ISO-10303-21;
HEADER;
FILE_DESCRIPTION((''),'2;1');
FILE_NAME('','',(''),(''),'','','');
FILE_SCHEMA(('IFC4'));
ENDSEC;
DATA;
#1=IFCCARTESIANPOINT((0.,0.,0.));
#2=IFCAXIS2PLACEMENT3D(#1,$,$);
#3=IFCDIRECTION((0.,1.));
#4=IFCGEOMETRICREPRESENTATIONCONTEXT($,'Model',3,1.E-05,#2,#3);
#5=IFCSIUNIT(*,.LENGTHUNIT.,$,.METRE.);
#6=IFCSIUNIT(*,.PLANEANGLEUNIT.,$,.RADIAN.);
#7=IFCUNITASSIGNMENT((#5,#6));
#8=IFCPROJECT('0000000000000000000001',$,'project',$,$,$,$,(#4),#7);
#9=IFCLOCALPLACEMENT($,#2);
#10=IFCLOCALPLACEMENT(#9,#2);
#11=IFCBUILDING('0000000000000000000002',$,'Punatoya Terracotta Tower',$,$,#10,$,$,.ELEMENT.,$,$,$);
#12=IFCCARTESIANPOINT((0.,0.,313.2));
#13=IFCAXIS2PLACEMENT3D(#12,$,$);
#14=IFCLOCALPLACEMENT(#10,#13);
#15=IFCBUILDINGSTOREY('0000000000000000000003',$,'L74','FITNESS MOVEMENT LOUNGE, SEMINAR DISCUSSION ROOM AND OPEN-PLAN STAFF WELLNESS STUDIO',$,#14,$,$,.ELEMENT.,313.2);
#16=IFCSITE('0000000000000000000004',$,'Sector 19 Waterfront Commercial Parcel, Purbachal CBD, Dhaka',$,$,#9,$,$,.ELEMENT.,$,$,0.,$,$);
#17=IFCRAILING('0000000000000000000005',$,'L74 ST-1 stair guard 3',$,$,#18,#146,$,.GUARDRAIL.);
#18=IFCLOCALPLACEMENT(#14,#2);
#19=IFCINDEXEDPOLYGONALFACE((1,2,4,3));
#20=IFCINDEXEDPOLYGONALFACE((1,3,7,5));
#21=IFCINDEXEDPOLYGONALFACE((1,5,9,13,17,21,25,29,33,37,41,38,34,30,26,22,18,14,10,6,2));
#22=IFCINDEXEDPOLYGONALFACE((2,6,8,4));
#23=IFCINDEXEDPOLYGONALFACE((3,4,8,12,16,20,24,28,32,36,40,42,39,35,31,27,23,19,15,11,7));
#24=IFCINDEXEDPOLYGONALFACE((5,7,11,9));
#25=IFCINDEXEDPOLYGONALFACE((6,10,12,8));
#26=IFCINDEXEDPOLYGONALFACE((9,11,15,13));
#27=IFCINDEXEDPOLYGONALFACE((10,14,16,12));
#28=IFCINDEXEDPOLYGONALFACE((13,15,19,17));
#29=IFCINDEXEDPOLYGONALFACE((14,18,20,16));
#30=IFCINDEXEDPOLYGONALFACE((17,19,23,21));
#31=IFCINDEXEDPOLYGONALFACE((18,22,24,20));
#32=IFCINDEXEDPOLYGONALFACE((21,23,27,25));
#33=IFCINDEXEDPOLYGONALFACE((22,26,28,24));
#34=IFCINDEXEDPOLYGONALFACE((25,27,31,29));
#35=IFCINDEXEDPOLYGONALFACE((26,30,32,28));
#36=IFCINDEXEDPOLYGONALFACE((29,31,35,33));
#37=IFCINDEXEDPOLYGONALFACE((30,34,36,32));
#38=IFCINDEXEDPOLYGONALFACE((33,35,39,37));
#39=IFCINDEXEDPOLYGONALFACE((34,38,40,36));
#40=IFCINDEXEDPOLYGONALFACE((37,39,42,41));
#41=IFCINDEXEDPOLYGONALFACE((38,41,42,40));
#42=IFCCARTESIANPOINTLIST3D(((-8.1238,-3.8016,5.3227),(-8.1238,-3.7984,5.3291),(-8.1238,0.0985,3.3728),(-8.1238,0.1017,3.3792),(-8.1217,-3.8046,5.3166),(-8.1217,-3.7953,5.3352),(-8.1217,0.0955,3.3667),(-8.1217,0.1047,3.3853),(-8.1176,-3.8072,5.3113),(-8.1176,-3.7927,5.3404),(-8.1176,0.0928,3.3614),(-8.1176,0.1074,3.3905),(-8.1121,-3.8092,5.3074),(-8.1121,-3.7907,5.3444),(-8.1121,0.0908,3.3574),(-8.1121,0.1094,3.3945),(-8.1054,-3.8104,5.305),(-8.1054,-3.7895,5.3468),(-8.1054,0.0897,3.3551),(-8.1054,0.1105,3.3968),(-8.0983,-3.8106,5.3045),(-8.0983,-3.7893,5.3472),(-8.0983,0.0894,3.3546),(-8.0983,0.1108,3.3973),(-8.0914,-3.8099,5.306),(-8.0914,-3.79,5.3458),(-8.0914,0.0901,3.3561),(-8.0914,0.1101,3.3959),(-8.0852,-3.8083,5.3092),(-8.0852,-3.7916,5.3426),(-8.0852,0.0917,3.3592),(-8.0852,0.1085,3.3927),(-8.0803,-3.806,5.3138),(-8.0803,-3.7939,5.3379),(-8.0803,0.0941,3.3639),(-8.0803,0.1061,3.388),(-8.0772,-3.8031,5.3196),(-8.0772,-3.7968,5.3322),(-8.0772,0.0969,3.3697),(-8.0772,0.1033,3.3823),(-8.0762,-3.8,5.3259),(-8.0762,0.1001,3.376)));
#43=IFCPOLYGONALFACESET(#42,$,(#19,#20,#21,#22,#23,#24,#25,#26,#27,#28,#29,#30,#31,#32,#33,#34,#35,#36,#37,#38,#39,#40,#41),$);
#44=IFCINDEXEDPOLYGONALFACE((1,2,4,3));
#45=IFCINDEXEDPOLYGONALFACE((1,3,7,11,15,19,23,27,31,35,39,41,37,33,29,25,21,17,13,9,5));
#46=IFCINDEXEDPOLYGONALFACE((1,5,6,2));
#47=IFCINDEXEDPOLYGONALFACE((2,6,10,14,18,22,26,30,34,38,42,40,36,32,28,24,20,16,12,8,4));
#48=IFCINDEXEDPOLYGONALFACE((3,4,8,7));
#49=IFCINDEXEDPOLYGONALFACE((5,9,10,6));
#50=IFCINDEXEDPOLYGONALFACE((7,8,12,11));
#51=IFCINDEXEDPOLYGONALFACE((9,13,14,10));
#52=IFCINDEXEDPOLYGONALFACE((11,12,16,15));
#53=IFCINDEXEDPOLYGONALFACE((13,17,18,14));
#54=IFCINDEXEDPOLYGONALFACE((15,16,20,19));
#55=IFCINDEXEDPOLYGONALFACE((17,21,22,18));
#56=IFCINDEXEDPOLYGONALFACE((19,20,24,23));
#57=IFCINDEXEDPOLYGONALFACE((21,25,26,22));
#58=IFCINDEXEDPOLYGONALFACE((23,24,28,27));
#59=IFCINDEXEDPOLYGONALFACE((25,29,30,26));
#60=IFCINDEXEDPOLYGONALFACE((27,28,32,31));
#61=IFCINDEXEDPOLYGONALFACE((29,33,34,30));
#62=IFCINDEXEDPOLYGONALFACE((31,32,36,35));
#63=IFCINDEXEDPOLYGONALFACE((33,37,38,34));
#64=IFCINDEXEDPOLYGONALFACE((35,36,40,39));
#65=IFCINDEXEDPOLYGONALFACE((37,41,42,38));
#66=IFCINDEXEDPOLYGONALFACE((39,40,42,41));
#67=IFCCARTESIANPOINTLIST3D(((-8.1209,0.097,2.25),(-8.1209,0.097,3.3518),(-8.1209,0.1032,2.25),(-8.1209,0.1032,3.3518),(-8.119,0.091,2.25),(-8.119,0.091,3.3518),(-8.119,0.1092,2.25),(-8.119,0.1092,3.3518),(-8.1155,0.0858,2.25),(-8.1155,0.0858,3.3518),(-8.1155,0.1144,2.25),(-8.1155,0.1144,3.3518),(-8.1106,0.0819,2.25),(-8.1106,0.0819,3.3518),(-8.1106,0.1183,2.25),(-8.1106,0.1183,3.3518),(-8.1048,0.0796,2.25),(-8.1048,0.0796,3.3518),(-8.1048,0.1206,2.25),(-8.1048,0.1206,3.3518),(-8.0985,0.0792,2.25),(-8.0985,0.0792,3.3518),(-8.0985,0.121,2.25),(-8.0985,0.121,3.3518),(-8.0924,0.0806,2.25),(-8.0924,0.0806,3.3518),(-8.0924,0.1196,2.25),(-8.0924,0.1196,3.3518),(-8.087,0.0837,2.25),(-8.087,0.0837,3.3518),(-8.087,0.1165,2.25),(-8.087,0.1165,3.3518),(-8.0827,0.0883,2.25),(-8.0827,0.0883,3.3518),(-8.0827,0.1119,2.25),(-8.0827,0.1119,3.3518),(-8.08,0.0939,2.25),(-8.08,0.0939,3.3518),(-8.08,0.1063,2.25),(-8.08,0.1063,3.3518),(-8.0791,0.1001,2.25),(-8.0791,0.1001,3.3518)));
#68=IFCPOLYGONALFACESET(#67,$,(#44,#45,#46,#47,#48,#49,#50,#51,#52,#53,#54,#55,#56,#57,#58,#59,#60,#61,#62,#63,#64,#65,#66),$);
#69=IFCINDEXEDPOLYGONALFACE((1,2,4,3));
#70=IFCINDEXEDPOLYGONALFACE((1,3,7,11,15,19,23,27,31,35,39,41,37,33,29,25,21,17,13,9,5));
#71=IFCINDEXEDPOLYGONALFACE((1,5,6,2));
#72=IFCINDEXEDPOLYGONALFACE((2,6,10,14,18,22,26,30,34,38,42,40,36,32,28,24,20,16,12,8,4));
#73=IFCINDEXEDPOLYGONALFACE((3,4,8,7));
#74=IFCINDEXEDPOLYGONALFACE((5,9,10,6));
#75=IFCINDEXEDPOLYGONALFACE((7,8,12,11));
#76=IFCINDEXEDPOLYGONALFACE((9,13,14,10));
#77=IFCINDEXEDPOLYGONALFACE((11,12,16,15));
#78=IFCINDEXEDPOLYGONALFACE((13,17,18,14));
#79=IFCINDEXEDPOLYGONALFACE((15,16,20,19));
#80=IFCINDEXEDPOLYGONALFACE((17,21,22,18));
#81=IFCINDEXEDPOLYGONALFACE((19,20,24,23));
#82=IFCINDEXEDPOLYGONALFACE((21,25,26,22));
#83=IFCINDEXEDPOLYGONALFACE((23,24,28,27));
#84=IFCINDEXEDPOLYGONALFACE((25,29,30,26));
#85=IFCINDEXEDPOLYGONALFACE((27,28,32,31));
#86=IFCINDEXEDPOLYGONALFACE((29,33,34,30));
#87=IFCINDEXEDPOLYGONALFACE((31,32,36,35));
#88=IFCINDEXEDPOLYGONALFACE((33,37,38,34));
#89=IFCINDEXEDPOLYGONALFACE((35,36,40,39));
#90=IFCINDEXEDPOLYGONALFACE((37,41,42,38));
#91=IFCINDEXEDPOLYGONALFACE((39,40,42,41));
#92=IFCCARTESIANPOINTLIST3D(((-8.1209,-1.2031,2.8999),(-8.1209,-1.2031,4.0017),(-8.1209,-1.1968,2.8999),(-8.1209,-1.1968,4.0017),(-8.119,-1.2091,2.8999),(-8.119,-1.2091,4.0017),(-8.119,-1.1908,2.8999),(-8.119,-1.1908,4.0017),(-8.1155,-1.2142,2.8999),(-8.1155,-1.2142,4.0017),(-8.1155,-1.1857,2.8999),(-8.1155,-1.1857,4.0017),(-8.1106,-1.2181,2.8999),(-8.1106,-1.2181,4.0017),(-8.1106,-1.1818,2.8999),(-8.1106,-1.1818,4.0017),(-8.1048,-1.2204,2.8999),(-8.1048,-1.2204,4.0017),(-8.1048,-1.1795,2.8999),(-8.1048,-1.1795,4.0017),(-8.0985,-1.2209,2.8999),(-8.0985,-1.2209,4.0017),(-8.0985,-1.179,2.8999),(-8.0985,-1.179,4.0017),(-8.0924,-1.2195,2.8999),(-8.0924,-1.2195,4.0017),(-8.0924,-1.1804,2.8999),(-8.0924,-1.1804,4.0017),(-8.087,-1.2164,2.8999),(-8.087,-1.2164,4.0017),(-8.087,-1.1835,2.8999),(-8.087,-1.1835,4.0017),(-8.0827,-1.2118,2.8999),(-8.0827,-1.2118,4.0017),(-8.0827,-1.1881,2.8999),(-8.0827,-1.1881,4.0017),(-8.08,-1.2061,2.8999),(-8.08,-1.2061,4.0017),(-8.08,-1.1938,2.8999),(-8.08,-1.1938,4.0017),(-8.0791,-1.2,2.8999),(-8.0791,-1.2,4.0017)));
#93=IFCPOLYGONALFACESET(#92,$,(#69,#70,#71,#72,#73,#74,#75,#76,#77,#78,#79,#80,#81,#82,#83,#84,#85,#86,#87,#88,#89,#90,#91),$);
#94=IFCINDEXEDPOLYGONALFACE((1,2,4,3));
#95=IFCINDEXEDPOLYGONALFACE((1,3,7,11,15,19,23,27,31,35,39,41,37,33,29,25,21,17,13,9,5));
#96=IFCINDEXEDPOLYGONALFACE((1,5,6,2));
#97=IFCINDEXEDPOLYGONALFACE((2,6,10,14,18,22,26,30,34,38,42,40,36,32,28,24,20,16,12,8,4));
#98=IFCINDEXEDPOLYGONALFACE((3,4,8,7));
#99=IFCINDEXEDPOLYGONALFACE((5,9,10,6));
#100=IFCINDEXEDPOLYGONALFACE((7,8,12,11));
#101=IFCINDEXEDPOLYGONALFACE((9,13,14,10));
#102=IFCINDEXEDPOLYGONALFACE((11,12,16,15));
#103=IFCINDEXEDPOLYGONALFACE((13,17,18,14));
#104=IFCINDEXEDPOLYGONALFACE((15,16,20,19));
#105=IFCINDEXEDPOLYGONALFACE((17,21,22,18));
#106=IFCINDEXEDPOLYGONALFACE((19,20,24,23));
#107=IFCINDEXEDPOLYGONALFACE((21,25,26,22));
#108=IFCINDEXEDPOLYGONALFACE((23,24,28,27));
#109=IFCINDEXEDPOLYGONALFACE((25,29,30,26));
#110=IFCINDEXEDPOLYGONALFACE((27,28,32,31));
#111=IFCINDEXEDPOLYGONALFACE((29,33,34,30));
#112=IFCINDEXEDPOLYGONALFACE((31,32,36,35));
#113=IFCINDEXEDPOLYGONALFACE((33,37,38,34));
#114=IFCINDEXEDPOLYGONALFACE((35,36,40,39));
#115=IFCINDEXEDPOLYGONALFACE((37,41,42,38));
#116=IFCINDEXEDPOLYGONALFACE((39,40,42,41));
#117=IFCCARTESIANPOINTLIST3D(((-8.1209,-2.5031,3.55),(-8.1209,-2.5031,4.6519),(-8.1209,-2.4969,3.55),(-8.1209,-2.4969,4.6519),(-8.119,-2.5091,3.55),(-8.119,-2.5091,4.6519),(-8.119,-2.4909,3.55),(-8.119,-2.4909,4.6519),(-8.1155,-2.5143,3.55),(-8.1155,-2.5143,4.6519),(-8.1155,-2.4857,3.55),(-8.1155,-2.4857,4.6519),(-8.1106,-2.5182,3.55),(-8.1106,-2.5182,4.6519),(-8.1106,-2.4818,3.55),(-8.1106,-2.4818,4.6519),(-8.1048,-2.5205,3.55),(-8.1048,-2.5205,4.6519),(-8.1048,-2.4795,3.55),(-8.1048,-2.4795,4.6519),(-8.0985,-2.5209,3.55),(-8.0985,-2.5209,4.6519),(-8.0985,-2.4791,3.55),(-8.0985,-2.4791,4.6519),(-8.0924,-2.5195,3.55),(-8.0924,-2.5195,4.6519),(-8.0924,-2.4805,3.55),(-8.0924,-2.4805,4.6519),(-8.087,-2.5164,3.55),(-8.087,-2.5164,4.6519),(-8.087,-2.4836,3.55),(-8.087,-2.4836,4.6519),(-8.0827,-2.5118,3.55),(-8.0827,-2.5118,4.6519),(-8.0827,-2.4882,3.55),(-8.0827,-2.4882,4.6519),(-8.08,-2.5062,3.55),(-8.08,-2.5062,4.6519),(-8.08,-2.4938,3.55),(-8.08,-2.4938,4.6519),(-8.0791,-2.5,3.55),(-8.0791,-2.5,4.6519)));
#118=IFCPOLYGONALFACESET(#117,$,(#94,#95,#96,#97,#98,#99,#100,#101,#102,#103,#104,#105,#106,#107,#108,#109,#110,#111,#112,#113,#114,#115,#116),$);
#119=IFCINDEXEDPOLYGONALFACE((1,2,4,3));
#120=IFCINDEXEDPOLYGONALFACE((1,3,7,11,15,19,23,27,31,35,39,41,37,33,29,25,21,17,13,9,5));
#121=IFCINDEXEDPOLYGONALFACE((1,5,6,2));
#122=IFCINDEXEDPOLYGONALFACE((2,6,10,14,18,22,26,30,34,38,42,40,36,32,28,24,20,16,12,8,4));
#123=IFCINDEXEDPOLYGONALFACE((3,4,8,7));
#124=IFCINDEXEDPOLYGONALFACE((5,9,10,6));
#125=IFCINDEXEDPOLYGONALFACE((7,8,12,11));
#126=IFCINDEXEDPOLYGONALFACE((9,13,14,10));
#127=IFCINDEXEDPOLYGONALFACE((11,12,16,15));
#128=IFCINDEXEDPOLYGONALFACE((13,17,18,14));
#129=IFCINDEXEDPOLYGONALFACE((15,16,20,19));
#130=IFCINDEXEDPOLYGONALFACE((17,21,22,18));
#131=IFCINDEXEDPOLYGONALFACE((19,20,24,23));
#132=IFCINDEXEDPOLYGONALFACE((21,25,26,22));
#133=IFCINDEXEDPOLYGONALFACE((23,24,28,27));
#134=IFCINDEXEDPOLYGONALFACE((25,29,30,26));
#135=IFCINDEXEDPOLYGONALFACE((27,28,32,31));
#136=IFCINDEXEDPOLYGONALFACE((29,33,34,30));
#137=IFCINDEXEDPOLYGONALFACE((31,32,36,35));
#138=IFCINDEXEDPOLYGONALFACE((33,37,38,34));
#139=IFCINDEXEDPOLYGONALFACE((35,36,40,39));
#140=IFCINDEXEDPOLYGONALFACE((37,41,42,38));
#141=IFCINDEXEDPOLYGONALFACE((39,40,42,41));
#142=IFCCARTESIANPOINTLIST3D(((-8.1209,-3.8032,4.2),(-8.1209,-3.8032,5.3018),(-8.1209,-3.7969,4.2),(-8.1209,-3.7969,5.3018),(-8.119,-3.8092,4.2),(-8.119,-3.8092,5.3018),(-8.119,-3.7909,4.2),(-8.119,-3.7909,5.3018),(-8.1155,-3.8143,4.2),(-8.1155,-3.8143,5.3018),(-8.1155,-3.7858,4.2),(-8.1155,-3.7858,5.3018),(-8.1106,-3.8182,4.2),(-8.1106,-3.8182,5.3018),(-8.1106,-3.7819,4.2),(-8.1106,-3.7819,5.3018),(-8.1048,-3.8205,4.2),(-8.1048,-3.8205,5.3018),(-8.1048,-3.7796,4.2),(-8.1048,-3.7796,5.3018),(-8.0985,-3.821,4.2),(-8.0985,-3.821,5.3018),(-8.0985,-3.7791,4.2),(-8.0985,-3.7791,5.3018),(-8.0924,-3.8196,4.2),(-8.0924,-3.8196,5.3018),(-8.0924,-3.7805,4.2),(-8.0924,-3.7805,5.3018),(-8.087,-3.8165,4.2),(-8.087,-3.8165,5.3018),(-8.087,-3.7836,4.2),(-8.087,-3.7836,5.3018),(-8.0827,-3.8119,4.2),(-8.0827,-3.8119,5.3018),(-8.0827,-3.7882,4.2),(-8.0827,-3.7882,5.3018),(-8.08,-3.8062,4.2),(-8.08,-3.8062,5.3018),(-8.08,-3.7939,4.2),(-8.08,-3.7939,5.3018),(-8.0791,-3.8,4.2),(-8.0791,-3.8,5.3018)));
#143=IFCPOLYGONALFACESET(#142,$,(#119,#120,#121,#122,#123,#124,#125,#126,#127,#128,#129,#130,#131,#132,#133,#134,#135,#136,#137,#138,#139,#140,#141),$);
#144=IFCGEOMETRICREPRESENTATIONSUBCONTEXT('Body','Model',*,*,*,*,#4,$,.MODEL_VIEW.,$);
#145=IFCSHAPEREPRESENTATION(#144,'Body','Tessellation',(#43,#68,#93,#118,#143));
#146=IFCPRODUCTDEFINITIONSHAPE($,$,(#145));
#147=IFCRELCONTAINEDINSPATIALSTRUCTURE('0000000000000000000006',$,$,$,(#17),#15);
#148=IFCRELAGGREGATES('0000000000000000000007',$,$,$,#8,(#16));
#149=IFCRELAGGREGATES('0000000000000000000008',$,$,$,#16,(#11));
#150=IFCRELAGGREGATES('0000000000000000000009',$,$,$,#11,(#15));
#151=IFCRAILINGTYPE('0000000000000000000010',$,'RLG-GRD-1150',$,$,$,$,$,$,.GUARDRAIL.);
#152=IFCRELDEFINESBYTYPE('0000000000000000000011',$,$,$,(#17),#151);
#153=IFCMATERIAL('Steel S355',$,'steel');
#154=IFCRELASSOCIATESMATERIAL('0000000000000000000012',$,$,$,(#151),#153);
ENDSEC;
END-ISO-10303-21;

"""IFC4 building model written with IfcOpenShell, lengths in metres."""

from ifc_helpers import new_model, si_unit, direction, frame, origin, origin_2d, place, context, subcontext, project, spatial, circle, extrude, material, type_object, element, save


model = new_model("IFC4")

# Units and contexts
model_context = context("Model", 3, precision=1e-05, world=origin(), true_north=direction((0.0, 1.0)))
body_context = subcontext(model_context, "Body", "Model", "MODEL_VIEW")
ifc_project = project(units=[si_unit("LENGTHUNIT", "METRE"), si_unit("PLANEANGLEUNIT", "RADIAN")], contexts=[model_context])

# Site, building, storey
site_placement = place(None, origin())
site = spatial("IfcSite", under=ifc_project, at=site_placement, Name="Sector 19 Waterfront Commercial Parcel, Purbachal CBD, Dhaka", CompositionType="ELEMENT", RefElevation=0.0)
building_placement = place(site_placement, origin())
building = spatial("IfcBuilding", under=site, at=building_placement, Name="Punatoya Terracotta Tower", CompositionType="ELEMENT")
storey_placement = place(building_placement, frame((0.0, 0.0, 313.2)))
storey = spatial("IfcBuildingStorey", under=building, at=storey_placement, Name="L74", Description="FITNESS MOVEMENT LOUNGE, SEMINAR DISCUSSION ROOM AND OPEN-PLAN STAFF WELLNESS STUDIO", CompositionType="ELEMENT", Elevation=313.2)

# Shared definitions
ifc_material_1 = material(Name="Steel S355", Category="steel")

# Railing
railing_type_1 = type_object("IfcRailingType", Name="RLG-GRD-1150", PredefinedType="GUARDRAIL", material=ifc_material_1)
railing_1_placement = place(storey_placement, frame((-8.1001, 0.1001, 2.25)))
element("IfcRailing", 1, at=railing_1_placement, inside=storey, type_object=railing_type_1, Name="L74 ST-1 stair guard 3", PredefinedType="GUARDRAIL", context=body_context, shape_type="SweptSolid", body=[
    extrude(circle(Radius=0.0239, at=origin_2d()), frame((0.0, 0.0, 1.126), z_axis=(0.0, -0.894438, 0.447191), x_axis=(1.0, 0.0, 0.0)), (0.0, 0.0, 1.0), 4.3604),
    extrude(circle(Radius=0.021, at=origin_2d()), origin(), (0.0, 0.0, 1.0), 1.1018),
    extrude(circle(Radius=0.021, at=origin_2d()), frame((0.0, -1.3, 0.6499)), (0.0, 0.0, 1.0), 1.1018),
    extrude(circle(Radius=0.021, at=origin_2d()), frame((0.0, -2.6001, 1.3)), (0.0, 0.0, 1.0), 1.1018),
    extrude(circle(Radius=0.021, at=origin_2d()), frame((0.0, -3.9001, 1.95)), (0.0, 0.0, 1.0), 1.1018),
])

save(model, "model.ifc")
